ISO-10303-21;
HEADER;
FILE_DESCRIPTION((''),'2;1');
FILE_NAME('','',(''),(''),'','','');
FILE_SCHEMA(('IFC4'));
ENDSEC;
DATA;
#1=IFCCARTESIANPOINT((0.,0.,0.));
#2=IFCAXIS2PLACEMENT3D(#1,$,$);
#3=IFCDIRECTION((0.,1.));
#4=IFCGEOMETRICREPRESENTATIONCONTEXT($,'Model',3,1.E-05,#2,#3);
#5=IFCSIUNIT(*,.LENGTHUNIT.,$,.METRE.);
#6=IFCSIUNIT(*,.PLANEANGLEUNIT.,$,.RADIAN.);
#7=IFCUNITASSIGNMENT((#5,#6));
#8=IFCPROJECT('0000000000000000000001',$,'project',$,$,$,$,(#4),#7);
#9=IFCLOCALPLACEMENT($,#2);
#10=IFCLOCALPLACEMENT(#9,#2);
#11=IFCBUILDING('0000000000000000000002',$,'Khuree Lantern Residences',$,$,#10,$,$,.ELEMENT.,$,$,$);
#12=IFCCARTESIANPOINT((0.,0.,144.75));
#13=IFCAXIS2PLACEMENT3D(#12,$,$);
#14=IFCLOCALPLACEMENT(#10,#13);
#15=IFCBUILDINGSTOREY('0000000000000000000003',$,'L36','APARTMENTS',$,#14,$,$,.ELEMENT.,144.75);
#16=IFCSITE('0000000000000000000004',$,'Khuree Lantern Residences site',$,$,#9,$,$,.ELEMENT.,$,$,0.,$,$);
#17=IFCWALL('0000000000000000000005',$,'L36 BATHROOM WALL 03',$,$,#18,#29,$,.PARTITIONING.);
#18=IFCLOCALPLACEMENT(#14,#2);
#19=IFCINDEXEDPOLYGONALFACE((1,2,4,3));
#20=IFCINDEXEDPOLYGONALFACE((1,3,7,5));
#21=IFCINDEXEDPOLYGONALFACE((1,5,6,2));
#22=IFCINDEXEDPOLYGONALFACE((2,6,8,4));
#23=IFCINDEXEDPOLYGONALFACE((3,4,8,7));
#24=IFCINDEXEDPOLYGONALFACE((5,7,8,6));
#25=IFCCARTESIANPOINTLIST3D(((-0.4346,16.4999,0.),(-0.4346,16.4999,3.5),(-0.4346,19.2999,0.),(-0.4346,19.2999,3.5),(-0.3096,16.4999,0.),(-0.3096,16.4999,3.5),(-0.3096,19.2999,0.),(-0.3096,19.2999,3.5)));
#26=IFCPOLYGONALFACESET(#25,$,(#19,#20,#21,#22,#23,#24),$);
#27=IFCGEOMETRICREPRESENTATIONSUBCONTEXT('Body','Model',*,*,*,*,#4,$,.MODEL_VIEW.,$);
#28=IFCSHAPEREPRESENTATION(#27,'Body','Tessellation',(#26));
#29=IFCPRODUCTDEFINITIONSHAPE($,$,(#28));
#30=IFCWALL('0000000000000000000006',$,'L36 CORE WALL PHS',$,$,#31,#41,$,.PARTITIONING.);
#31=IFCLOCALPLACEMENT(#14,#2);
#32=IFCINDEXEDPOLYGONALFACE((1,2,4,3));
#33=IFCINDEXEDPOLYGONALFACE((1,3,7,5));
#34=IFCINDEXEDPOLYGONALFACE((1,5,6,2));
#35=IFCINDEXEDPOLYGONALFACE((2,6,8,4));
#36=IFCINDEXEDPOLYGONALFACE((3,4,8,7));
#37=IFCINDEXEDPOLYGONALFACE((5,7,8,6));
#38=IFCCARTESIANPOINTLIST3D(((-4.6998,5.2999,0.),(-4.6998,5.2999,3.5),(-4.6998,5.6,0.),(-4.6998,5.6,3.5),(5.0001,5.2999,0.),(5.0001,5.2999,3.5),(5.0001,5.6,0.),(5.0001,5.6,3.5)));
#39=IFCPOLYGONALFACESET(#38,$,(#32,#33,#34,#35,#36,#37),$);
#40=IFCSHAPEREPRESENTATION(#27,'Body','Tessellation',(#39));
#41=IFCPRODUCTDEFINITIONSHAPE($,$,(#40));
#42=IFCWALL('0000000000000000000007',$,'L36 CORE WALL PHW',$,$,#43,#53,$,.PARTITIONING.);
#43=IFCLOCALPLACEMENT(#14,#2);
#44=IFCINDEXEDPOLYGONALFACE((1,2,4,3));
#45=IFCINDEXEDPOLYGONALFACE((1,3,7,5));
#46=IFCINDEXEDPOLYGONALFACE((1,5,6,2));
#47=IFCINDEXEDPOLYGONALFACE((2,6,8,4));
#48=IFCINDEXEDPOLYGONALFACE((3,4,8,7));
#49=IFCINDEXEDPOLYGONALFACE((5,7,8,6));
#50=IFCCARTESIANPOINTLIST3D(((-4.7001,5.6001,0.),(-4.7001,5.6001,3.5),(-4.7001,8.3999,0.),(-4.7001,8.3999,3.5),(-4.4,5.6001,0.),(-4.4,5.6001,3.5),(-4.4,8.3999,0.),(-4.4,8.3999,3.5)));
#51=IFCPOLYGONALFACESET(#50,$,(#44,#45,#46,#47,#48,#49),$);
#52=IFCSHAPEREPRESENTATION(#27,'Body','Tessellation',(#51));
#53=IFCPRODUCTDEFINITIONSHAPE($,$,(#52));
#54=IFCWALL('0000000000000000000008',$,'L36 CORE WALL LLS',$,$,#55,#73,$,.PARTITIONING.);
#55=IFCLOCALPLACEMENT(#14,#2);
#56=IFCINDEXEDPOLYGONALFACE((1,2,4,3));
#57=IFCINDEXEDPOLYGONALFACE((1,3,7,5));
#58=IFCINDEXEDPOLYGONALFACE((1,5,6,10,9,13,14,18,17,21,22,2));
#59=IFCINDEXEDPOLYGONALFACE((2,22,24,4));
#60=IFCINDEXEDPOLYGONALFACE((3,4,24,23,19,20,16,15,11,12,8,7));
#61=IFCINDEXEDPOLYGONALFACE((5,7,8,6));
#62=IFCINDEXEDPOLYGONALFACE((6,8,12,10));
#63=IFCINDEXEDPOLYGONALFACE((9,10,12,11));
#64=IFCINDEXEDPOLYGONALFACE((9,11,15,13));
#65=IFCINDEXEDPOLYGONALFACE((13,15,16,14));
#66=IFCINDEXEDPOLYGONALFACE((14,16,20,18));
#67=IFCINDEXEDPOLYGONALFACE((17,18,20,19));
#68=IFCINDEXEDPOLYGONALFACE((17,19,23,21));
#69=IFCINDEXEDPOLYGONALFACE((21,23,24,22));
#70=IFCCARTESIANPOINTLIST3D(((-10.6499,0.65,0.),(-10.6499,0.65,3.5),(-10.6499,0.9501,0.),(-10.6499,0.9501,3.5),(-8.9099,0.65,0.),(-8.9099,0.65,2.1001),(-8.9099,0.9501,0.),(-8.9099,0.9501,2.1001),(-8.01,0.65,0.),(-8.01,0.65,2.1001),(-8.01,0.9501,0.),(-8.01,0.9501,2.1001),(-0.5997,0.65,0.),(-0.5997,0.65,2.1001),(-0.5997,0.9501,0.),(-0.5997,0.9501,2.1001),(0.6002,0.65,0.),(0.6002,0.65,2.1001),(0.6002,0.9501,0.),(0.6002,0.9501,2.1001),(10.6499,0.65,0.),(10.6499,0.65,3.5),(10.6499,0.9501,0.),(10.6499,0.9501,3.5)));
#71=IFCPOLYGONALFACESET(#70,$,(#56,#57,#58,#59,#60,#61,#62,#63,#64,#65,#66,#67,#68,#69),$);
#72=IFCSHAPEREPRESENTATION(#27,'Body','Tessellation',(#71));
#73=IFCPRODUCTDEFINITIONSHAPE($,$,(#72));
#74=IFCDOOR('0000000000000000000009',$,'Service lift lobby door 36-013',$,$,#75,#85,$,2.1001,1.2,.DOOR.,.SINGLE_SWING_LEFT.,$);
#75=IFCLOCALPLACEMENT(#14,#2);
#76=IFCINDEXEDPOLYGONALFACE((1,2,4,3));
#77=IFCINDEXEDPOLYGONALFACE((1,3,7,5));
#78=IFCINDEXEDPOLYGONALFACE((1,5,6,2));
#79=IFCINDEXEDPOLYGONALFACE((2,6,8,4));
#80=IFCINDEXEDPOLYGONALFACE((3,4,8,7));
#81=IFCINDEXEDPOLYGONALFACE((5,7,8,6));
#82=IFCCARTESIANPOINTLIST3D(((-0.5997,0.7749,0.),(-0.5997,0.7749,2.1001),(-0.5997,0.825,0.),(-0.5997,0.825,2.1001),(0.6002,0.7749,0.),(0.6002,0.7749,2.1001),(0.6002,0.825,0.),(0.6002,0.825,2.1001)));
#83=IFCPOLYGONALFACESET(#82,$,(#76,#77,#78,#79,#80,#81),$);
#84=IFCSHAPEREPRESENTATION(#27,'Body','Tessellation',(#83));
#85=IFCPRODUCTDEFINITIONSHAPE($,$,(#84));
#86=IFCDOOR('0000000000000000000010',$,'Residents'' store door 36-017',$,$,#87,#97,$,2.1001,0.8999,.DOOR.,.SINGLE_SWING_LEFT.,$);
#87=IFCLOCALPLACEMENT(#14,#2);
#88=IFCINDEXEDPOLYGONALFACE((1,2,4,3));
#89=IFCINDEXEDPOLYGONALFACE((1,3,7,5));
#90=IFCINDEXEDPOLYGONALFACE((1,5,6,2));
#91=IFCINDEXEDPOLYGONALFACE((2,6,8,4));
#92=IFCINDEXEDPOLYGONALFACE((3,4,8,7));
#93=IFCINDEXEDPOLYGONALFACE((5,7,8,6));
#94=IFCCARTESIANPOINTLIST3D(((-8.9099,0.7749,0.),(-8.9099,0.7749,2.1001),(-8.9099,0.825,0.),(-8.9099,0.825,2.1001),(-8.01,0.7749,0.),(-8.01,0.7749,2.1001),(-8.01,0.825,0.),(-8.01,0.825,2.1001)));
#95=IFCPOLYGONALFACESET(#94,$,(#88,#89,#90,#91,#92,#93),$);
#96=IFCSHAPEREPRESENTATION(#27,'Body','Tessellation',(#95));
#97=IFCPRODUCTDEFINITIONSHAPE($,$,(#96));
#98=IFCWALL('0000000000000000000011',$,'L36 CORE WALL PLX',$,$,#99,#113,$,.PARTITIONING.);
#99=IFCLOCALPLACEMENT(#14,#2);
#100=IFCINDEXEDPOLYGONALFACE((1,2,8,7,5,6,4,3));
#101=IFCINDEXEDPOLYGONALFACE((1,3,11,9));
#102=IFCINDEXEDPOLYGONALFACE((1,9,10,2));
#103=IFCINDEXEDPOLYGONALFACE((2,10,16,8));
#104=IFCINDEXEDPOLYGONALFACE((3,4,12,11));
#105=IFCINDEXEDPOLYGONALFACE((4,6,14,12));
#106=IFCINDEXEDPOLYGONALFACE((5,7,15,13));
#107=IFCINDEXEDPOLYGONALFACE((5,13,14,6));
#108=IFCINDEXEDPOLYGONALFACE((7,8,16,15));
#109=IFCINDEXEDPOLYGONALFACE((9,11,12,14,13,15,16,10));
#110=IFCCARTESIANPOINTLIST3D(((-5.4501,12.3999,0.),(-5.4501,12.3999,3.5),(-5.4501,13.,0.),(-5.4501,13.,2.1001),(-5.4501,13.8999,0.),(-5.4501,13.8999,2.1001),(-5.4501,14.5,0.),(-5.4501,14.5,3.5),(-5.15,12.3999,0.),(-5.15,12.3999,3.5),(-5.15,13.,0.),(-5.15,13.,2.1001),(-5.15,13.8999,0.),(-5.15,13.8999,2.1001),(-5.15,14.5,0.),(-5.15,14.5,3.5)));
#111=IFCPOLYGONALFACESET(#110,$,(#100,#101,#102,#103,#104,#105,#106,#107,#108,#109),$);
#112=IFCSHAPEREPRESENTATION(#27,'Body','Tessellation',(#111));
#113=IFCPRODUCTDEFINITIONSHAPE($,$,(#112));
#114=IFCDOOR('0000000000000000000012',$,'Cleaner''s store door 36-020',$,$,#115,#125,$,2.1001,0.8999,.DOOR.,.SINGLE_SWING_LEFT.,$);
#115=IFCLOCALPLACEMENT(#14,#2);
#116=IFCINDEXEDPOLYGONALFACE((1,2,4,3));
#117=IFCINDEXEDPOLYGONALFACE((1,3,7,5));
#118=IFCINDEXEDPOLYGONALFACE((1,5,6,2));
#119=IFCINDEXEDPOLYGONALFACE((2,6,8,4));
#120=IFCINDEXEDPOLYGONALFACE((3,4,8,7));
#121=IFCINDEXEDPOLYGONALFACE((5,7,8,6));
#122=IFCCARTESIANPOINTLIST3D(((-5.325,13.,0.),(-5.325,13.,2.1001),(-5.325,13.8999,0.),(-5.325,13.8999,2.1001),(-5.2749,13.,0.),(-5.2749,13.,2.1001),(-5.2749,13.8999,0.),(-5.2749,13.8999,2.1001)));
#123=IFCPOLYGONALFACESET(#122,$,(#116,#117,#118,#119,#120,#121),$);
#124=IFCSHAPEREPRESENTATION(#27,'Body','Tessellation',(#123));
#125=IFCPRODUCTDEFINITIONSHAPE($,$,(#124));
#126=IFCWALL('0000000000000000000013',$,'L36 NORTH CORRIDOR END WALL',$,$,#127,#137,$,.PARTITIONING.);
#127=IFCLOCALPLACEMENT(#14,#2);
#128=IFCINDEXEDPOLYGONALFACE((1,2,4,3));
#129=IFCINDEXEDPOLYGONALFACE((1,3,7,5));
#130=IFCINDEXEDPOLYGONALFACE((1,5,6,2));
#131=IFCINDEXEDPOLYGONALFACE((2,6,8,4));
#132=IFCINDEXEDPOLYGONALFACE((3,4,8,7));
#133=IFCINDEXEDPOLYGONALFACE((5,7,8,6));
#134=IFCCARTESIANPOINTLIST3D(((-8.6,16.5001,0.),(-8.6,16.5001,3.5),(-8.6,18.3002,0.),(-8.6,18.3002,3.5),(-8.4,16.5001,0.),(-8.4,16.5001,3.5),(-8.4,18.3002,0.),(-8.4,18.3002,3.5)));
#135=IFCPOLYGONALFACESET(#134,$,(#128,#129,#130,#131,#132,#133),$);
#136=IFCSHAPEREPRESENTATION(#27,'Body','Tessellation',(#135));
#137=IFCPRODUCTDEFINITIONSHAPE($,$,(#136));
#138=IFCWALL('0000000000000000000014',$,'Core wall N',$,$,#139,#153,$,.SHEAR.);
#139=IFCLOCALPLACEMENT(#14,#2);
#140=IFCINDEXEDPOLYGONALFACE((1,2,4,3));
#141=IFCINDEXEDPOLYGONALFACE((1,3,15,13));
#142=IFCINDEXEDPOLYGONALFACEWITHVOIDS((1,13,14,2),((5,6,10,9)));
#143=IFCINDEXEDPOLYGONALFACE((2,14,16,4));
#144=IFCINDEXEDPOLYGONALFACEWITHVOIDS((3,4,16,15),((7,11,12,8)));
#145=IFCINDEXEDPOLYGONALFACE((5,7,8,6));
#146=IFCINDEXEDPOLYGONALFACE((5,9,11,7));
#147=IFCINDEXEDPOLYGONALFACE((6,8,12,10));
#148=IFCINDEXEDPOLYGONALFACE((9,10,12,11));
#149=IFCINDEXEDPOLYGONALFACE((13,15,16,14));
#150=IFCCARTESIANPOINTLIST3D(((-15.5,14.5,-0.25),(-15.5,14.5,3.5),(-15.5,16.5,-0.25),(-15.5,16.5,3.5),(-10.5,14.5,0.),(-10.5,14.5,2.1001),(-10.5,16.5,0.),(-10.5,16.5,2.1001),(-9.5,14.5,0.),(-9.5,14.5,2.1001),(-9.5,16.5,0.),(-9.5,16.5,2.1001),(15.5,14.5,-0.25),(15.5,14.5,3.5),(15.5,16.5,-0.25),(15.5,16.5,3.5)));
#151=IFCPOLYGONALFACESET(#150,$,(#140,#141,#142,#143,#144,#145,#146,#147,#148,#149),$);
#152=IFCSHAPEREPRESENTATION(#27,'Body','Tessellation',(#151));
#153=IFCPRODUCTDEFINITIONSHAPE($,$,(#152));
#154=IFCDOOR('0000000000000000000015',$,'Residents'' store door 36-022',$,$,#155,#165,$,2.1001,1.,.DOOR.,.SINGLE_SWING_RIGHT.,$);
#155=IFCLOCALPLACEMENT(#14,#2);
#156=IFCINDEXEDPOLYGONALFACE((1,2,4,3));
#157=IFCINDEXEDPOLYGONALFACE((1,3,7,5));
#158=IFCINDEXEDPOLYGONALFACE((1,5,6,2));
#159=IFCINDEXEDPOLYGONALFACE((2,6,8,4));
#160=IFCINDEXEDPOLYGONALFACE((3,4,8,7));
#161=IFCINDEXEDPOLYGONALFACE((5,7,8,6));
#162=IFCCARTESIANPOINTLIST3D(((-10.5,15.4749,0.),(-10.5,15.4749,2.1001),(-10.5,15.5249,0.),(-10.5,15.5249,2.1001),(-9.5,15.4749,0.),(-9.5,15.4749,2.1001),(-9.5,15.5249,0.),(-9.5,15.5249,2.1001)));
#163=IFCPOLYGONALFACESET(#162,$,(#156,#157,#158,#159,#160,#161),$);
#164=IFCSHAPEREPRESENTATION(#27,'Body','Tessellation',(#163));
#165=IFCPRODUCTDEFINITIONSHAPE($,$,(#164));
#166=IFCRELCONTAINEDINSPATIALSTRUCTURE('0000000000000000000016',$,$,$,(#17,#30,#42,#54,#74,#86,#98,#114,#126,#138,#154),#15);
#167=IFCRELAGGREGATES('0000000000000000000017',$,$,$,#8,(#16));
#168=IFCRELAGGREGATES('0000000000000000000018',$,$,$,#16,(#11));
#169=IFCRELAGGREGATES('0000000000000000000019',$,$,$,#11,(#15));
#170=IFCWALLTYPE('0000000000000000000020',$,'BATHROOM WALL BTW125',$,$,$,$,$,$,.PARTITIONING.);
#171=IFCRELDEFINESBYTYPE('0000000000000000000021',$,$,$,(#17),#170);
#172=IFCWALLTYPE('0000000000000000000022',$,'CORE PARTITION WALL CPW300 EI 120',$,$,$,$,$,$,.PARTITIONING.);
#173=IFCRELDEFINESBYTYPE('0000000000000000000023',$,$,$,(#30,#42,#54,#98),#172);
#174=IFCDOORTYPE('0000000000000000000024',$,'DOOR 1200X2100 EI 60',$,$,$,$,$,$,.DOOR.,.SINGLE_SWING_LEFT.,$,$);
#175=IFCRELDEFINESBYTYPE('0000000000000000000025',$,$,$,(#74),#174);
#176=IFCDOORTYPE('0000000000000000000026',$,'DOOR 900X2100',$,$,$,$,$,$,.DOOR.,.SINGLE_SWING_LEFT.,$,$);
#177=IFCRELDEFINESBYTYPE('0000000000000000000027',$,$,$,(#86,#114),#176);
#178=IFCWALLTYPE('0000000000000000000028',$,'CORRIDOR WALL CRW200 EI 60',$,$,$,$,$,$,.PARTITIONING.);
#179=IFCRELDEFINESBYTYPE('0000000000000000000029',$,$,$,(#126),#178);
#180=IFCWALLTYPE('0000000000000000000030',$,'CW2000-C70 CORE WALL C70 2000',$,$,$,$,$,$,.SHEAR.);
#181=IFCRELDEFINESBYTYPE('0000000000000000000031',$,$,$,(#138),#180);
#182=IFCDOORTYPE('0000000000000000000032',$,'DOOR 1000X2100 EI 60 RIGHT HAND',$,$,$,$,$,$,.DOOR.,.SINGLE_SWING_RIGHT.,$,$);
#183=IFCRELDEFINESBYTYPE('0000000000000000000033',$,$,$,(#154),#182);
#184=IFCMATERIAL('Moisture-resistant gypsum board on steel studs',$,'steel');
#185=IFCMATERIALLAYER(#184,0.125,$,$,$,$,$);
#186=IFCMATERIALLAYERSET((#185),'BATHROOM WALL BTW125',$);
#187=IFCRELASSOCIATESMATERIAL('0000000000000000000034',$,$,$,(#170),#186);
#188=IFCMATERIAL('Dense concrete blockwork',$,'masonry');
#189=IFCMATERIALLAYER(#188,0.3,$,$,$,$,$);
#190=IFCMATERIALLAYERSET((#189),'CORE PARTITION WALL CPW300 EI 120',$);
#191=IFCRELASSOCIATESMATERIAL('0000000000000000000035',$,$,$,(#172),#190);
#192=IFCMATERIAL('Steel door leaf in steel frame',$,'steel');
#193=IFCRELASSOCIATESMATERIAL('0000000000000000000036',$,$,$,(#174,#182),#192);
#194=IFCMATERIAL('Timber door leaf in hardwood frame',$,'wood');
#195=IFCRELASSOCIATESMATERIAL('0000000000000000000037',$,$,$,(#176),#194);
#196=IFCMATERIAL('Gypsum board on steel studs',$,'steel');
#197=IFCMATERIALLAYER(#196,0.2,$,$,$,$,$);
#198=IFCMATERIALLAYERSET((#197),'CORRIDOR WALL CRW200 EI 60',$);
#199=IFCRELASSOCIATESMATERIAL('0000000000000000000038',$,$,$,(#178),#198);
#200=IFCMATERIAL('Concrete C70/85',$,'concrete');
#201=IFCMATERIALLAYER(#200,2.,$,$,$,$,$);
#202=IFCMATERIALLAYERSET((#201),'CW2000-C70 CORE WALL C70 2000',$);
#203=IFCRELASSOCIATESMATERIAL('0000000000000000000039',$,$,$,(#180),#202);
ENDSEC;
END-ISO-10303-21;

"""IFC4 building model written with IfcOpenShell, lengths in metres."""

from ifc_helpers import new_model, si_unit, direction, frame, frame_2d, origin, place, context, subcontext, project, spatial, rectangle, extrude, material, layer, layer_set, type_object, element, fill, save


model = new_model("IFC4")

# Units and contexts
model_context = context("Model", 3, precision=1e-05, world=origin(), true_north=direction((0.0, 1.0)))
body_context = subcontext(model_context, "Body", "Model", "MODEL_VIEW")
ifc_project = project(units=[si_unit("LENGTHUNIT", "METRE"), si_unit("PLANEANGLEUNIT", "RADIAN")], contexts=[model_context])

# Site, building, storey
site_placement = place(None, origin())
site = spatial("IfcSite", under=ifc_project, at=site_placement, Name="Khuree Lantern Residences site", CompositionType="ELEMENT", RefElevation=0.0)
building_placement = place(site_placement, origin())
building = spatial("IfcBuilding", under=site, at=building_placement, Name="Khuree Lantern Residences", CompositionType="ELEMENT")
storey_placement = place(building_placement, frame((0.0, 0.0, 144.75)))
storey = spatial("IfcBuildingStorey", under=building, at=storey_placement, Name="L36", Description="APARTMENTS", CompositionType="ELEMENT", Elevation=144.75)

# Walls
ifc_material_1 = material(Name="Moisture-resistant gypsum board on steel studs", Category="steel")
ifc_layer_1 = layer(ifc_material_1, 0.125)
ifc_layer_set_1 = layer_set([ifc_layer_1], Name="BATHROOM WALL BTW125")
wall_type_1 = type_object("IfcWallType", Name="BATHROOM WALL BTW125", PredefinedType="PARTITIONING", material=ifc_layer_set_1)
wall_1_placement = place(storey_placement, frame((-0.3721, 16.5, 0.0), z_axis=(0.0, 0.0, 1.0), x_axis=(0.0, 1.0, 0.0)))
element("IfcWall", 1, at=wall_1_placement, inside=storey, type_object=wall_type_1, Name="L36 BATHROOM WALL 03", PredefinedType="PARTITIONING", context=body_context, shape_type="SweptSolid", body=[
    extrude(rectangle(XDim=2.8, YDim=0.125, at=frame_2d((1.3999, 0.0))), origin(), (0.0, 0.0, 1.0), 3.5),
])
ifc_material_2 = material(Name="Dense concrete blockwork", Category="masonry")
ifc_layer_2 = layer(ifc_material_2, 0.3)
ifc_layer_set_2 = layer_set([ifc_layer_2], Name="CORE PARTITION WALL CPW300 EI 120")
wall_type_2 = type_object("IfcWallType", Name="CORE PARTITION WALL CPW300 EI 120", PredefinedType="PARTITIONING", material=ifc_layer_set_2)
wall_2_placement = place(storey_placement, frame((-4.7, 5.45, 0.0), z_axis=(0.0, 0.0, 1.0), x_axis=(1.0, 0.0, 0.0)))
element("IfcWall", 2, at=wall_2_placement, inside=storey, type_object=wall_type_2, Name="L36 CORE WALL PHS", PredefinedType="PARTITIONING", context=body_context, shape_type="SweptSolid", body=[
    extrude(rectangle(XDim=9.7, YDim=0.3, at=frame_2d((4.8501, 0.0))), origin(), (0.0, 0.0, 1.0), 3.5),
])
wall_3_placement = place(storey_placement, frame((-4.55, 5.6001, 0.0), z_axis=(0.0, 0.0, 1.0), x_axis=(0.0, 1.0, 0.0)))
element("IfcWall", 3, at=wall_3_placement, inside=storey, type_object=wall_type_2, Name="L36 CORE WALL PHW", PredefinedType="PARTITIONING", context=body_context, shape_type="SweptSolid", body=[
    extrude(rectangle(XDim=2.7998, YDim=0.3, at=frame_2d((1.3999, 0.0))), origin(), (0.0, 0.0, 1.0), 3.5),
])

# Wall, openings, doors
wall_4_placement = place(storey_placement, frame((-10.6499, 0.8, 0.0), z_axis=(0.0, 0.0, 1.0), x_axis=(1.0, 0.0, 0.0)))
wall_4 = element("IfcWall", 4, at=wall_4_placement, inside=storey, type_object=wall_type_2, Name="L36 CORE WALL LLS", PredefinedType="PARTITIONING", context=body_context, shape_type="SweptSolid", body=[
    extrude(rectangle(XDim=21.2998, YDim=0.3, at=frame_2d((10.6499, 0.0))), origin(), (0.0, 0.0, 1.0), 3.5),
])
opening_1_placement = place(wall_4_placement, frame((10.05, 0.0, 0.0)))
opening_1 = element("IfcOpeningElement", 5, at=opening_1_placement, cuts=wall_4, PredefinedType="OPENING", context=body_context, shape_type="SweptSolid", body=[
    extrude(rectangle(XDim=1.2, YDim=2.1001, at=frame_2d((0.6001, 1.05))), frame((0.0, 0.1602, 0.0), z_axis=(0.0, -1.0, 0.0), x_axis=(1.0, 0.0, 0.0)), (0.0, 0.0, 1.0), 0.3201),
])
opening_2_placement = place(wall_4_placement, frame((1.74, 0.0, 0.0)))
opening_2 = element("IfcOpeningElement", 6, at=opening_2_placement, cuts=wall_4, PredefinedType="OPENING", context=body_context, shape_type="SweptSolid", body=[
    extrude(rectangle(XDim=0.8999, YDim=2.1001, at=frame_2d((0.45, 1.05))), frame((0.0, 0.1602, 0.0), z_axis=(0.0, -1.0, 0.0), x_axis=(1.0, 0.0, 0.0)), (0.0, 0.0, 1.0), 0.3201),
])
ifc_material_3 = material(Name="Steel door leaf in steel frame", Category="steel")
door_type_1 = type_object("IfcDoorType", Name="DOOR 1200X2100 EI 60", OperationType="SINGLE_SWING_LEFT", PredefinedType="DOOR", material=ifc_material_3)
door_1_placement = place(opening_1_placement, origin())
door_1 = element("IfcDoor", 7, at=door_1_placement, inside=storey, type_object=door_type_1, Name="Service lift lobby door 36-013", OperationType="SINGLE_SWING_LEFT", OverallHeight=2.1001, OverallWidth=1.2, PredefinedType="DOOR", context=body_context, shape_type="SweptSolid", body=[
    extrude(rectangle(XDim=1.2, YDim=2.1001, at=frame_2d((0.6001, 1.05))), frame((0.0, 0.0249, 0.0), z_axis=(0.0, -1.0, 0.0), x_axis=(1.0, 0.0, 0.0)), (0.0, 0.0, 1.0), 0.05),
])
fill(opening_1, door_1)
ifc_material_4 = material(Name="Timber door leaf in hardwood frame", Category="wood")
door_type_2 = type_object("IfcDoorType", Name="DOOR 900X2100", OperationType="SINGLE_SWING_LEFT", PredefinedType="DOOR", material=ifc_material_4)
door_2_placement = place(opening_2_placement, origin())
door_2 = element("IfcDoor", 8, at=door_2_placement, inside=storey, type_object=door_type_2, Name="Residents' store door 36-017", OperationType="SINGLE_SWING_LEFT", OverallHeight=2.1001, OverallWidth=0.8999, PredefinedType="DOOR", context=body_context, shape_type="SweptSolid", body=[
    extrude(rectangle(XDim=0.8999, YDim=2.1001, at=frame_2d((0.45, 1.05))), frame((0.0, 0.0249, 0.0), z_axis=(0.0, -1.0, 0.0), x_axis=(1.0, 0.0, 0.0)), (0.0, 0.0, 1.0), 0.05),
])
fill(opening_2, door_2)

# Wall, opening, door
wall_5_placement = place(storey_placement, frame((-5.3, 12.3999, 0.0), z_axis=(0.0, 0.0, 1.0), x_axis=(0.0, 1.0, 0.0)))
wall_5 = element("IfcWall", 9, at=wall_5_placement, inside=storey, type_object=wall_type_2, Name="L36 CORE WALL PLX", PredefinedType="PARTITIONING", context=body_context, shape_type="SweptSolid", body=[
    extrude(rectangle(XDim=2.1001, YDim=0.3, at=frame_2d((1.05, 0.0))), origin(), (0.0, 0.0, 1.0), 3.5),
])
opening_3_placement = place(wall_5_placement, frame((0.6001, 0.0, 0.0)))
opening_3 = element("IfcOpeningElement", 10, at=opening_3_placement, cuts=wall_5, PredefinedType="OPENING", context=body_context, shape_type="SweptSolid", body=[
    extrude(rectangle(XDim=0.8999, YDim=2.1001, at=frame_2d((0.45, 1.05))), frame((0.0, 0.1602, 0.0), z_axis=(0.0, -1.0, 0.0), x_axis=(1.0, 0.0, 0.0)), (0.0, 0.0, 1.0), 0.3201),
])
door_3_placement = place(opening_3_placement, origin())
door_3 = element("IfcDoor", 11, at=door_3_placement, inside=storey, type_object=door_type_2, Name="Cleaner's store door 36-020", OperationType="SINGLE_SWING_LEFT", OverallHeight=2.1001, OverallWidth=0.8999, PredefinedType="DOOR", context=body_context, shape_type="SweptSolid", body=[
    extrude(rectangle(XDim=0.8999, YDim=2.1001, at=frame_2d((0.45, 1.05))), frame((0.0, 0.0249, 0.0), z_axis=(0.0, -1.0, 0.0), x_axis=(1.0, 0.0, 0.0)), (0.0, 0.0, 1.0), 0.05),
])
fill(opening_3, door_3)

# Wall
ifc_material_5 = material(Name="Gypsum board on steel studs", Category="steel")
ifc_layer_3 = layer(ifc_material_5, 0.2)
ifc_layer_set_3 = layer_set([ifc_layer_3], Name="CORRIDOR WALL CRW200 EI 60")
wall_type_3 = type_object("IfcWallType", Name="CORRIDOR WALL CRW200 EI 60", PredefinedType="PARTITIONING", material=ifc_layer_set_3)
wall_6_placement = place(storey_placement, frame((-8.5, 18.3, 0.0), z_axis=(0.0, 0.0, 1.0), x_axis=(0.0, -1.0, 0.0)))
element("IfcWall", 12, at=wall_6_placement, inside=storey, type_object=wall_type_3, Name="L36 NORTH CORRIDOR END WALL", PredefinedType="PARTITIONING", context=body_context, shape_type="SweptSolid", body=[
    extrude(rectangle(XDim=1.8, YDim=0.2, at=frame_2d((0.8999, 0.0))), origin(), (0.0, 0.0, 1.0), 3.5),
])

# Wall, opening, door
ifc_material_6 = material(Name="Concrete C70/85", Category="concrete")
ifc_layer_4 = layer(ifc_material_6, 2.0)
ifc_layer_set_4 = layer_set([ifc_layer_4], Name="CW2000-C70 CORE WALL C70 2000")
wall_type_4 = type_object("IfcWallType", Name="CW2000-C70 CORE WALL C70 2000", PredefinedType="SHEAR", material=ifc_layer_set_4)
wall_7_placement = place(storey_placement, frame((-15.5, 15.5, -0.25), z_axis=(0.0, 0.0, 1.0), x_axis=(1.0, 0.0, 0.0)))
wall_7 = element("IfcWall", 13, at=wall_7_placement, inside=storey, type_object=wall_type_4, Name="Core wall N", PredefinedType="SHEAR", context=body_context, shape_type="SweptSolid", body=[
    extrude(rectangle(XDim=31.0, YDim=2.0, at=frame_2d((15.5, 0.0))), origin(), (0.0, 0.0, 1.0), 3.75),
])
opening_4_placement = place(wall_7_placement, frame((5.0, 0.0, 0.25)))
opening_4 = element("IfcOpeningElement", 14, at=opening_4_placement, cuts=wall_7, PredefinedType="OPENING", context=body_context, shape_type="SweptSolid", body=[
    extrude(rectangle(XDim=1.0, YDim=2.1001, at=frame_2d((0.5, 1.05))), frame((0.0, 1.01, 0.0), z_axis=(0.0, -1.0, 0.0), x_axis=(1.0, 0.0, 0.0)), (0.0, 0.0, 1.0), 2.02),
])
door_type_3 = type_object("IfcDoorType", Name="DOOR 1000X2100 EI 60 RIGHT HAND", OperationType="SINGLE_SWING_RIGHT", PredefinedType="DOOR", material=ifc_material_3)
door_4_placement = place(opening_4_placement, origin())
door_4 = element("IfcDoor", 15, at=door_4_placement, inside=storey, type_object=door_type_3, Name="Residents' store door 36-022", OperationType="SINGLE_SWING_RIGHT", OverallHeight=2.1001, OverallWidth=1.0, PredefinedType="DOOR", context=body_context, shape_type="SweptSolid", body=[
    extrude(rectangle(XDim=1.0, YDim=2.1001, at=frame_2d((0.5, 1.05))), frame((0.0, 0.0249, 0.0), z_axis=(0.0, -1.0, 0.0), x_axis=(1.0, 0.0, 0.0)), (0.0, 0.0, 1.0), 0.05),
])
fill(opening_4, door_4)

save(model, "model.ifc")
